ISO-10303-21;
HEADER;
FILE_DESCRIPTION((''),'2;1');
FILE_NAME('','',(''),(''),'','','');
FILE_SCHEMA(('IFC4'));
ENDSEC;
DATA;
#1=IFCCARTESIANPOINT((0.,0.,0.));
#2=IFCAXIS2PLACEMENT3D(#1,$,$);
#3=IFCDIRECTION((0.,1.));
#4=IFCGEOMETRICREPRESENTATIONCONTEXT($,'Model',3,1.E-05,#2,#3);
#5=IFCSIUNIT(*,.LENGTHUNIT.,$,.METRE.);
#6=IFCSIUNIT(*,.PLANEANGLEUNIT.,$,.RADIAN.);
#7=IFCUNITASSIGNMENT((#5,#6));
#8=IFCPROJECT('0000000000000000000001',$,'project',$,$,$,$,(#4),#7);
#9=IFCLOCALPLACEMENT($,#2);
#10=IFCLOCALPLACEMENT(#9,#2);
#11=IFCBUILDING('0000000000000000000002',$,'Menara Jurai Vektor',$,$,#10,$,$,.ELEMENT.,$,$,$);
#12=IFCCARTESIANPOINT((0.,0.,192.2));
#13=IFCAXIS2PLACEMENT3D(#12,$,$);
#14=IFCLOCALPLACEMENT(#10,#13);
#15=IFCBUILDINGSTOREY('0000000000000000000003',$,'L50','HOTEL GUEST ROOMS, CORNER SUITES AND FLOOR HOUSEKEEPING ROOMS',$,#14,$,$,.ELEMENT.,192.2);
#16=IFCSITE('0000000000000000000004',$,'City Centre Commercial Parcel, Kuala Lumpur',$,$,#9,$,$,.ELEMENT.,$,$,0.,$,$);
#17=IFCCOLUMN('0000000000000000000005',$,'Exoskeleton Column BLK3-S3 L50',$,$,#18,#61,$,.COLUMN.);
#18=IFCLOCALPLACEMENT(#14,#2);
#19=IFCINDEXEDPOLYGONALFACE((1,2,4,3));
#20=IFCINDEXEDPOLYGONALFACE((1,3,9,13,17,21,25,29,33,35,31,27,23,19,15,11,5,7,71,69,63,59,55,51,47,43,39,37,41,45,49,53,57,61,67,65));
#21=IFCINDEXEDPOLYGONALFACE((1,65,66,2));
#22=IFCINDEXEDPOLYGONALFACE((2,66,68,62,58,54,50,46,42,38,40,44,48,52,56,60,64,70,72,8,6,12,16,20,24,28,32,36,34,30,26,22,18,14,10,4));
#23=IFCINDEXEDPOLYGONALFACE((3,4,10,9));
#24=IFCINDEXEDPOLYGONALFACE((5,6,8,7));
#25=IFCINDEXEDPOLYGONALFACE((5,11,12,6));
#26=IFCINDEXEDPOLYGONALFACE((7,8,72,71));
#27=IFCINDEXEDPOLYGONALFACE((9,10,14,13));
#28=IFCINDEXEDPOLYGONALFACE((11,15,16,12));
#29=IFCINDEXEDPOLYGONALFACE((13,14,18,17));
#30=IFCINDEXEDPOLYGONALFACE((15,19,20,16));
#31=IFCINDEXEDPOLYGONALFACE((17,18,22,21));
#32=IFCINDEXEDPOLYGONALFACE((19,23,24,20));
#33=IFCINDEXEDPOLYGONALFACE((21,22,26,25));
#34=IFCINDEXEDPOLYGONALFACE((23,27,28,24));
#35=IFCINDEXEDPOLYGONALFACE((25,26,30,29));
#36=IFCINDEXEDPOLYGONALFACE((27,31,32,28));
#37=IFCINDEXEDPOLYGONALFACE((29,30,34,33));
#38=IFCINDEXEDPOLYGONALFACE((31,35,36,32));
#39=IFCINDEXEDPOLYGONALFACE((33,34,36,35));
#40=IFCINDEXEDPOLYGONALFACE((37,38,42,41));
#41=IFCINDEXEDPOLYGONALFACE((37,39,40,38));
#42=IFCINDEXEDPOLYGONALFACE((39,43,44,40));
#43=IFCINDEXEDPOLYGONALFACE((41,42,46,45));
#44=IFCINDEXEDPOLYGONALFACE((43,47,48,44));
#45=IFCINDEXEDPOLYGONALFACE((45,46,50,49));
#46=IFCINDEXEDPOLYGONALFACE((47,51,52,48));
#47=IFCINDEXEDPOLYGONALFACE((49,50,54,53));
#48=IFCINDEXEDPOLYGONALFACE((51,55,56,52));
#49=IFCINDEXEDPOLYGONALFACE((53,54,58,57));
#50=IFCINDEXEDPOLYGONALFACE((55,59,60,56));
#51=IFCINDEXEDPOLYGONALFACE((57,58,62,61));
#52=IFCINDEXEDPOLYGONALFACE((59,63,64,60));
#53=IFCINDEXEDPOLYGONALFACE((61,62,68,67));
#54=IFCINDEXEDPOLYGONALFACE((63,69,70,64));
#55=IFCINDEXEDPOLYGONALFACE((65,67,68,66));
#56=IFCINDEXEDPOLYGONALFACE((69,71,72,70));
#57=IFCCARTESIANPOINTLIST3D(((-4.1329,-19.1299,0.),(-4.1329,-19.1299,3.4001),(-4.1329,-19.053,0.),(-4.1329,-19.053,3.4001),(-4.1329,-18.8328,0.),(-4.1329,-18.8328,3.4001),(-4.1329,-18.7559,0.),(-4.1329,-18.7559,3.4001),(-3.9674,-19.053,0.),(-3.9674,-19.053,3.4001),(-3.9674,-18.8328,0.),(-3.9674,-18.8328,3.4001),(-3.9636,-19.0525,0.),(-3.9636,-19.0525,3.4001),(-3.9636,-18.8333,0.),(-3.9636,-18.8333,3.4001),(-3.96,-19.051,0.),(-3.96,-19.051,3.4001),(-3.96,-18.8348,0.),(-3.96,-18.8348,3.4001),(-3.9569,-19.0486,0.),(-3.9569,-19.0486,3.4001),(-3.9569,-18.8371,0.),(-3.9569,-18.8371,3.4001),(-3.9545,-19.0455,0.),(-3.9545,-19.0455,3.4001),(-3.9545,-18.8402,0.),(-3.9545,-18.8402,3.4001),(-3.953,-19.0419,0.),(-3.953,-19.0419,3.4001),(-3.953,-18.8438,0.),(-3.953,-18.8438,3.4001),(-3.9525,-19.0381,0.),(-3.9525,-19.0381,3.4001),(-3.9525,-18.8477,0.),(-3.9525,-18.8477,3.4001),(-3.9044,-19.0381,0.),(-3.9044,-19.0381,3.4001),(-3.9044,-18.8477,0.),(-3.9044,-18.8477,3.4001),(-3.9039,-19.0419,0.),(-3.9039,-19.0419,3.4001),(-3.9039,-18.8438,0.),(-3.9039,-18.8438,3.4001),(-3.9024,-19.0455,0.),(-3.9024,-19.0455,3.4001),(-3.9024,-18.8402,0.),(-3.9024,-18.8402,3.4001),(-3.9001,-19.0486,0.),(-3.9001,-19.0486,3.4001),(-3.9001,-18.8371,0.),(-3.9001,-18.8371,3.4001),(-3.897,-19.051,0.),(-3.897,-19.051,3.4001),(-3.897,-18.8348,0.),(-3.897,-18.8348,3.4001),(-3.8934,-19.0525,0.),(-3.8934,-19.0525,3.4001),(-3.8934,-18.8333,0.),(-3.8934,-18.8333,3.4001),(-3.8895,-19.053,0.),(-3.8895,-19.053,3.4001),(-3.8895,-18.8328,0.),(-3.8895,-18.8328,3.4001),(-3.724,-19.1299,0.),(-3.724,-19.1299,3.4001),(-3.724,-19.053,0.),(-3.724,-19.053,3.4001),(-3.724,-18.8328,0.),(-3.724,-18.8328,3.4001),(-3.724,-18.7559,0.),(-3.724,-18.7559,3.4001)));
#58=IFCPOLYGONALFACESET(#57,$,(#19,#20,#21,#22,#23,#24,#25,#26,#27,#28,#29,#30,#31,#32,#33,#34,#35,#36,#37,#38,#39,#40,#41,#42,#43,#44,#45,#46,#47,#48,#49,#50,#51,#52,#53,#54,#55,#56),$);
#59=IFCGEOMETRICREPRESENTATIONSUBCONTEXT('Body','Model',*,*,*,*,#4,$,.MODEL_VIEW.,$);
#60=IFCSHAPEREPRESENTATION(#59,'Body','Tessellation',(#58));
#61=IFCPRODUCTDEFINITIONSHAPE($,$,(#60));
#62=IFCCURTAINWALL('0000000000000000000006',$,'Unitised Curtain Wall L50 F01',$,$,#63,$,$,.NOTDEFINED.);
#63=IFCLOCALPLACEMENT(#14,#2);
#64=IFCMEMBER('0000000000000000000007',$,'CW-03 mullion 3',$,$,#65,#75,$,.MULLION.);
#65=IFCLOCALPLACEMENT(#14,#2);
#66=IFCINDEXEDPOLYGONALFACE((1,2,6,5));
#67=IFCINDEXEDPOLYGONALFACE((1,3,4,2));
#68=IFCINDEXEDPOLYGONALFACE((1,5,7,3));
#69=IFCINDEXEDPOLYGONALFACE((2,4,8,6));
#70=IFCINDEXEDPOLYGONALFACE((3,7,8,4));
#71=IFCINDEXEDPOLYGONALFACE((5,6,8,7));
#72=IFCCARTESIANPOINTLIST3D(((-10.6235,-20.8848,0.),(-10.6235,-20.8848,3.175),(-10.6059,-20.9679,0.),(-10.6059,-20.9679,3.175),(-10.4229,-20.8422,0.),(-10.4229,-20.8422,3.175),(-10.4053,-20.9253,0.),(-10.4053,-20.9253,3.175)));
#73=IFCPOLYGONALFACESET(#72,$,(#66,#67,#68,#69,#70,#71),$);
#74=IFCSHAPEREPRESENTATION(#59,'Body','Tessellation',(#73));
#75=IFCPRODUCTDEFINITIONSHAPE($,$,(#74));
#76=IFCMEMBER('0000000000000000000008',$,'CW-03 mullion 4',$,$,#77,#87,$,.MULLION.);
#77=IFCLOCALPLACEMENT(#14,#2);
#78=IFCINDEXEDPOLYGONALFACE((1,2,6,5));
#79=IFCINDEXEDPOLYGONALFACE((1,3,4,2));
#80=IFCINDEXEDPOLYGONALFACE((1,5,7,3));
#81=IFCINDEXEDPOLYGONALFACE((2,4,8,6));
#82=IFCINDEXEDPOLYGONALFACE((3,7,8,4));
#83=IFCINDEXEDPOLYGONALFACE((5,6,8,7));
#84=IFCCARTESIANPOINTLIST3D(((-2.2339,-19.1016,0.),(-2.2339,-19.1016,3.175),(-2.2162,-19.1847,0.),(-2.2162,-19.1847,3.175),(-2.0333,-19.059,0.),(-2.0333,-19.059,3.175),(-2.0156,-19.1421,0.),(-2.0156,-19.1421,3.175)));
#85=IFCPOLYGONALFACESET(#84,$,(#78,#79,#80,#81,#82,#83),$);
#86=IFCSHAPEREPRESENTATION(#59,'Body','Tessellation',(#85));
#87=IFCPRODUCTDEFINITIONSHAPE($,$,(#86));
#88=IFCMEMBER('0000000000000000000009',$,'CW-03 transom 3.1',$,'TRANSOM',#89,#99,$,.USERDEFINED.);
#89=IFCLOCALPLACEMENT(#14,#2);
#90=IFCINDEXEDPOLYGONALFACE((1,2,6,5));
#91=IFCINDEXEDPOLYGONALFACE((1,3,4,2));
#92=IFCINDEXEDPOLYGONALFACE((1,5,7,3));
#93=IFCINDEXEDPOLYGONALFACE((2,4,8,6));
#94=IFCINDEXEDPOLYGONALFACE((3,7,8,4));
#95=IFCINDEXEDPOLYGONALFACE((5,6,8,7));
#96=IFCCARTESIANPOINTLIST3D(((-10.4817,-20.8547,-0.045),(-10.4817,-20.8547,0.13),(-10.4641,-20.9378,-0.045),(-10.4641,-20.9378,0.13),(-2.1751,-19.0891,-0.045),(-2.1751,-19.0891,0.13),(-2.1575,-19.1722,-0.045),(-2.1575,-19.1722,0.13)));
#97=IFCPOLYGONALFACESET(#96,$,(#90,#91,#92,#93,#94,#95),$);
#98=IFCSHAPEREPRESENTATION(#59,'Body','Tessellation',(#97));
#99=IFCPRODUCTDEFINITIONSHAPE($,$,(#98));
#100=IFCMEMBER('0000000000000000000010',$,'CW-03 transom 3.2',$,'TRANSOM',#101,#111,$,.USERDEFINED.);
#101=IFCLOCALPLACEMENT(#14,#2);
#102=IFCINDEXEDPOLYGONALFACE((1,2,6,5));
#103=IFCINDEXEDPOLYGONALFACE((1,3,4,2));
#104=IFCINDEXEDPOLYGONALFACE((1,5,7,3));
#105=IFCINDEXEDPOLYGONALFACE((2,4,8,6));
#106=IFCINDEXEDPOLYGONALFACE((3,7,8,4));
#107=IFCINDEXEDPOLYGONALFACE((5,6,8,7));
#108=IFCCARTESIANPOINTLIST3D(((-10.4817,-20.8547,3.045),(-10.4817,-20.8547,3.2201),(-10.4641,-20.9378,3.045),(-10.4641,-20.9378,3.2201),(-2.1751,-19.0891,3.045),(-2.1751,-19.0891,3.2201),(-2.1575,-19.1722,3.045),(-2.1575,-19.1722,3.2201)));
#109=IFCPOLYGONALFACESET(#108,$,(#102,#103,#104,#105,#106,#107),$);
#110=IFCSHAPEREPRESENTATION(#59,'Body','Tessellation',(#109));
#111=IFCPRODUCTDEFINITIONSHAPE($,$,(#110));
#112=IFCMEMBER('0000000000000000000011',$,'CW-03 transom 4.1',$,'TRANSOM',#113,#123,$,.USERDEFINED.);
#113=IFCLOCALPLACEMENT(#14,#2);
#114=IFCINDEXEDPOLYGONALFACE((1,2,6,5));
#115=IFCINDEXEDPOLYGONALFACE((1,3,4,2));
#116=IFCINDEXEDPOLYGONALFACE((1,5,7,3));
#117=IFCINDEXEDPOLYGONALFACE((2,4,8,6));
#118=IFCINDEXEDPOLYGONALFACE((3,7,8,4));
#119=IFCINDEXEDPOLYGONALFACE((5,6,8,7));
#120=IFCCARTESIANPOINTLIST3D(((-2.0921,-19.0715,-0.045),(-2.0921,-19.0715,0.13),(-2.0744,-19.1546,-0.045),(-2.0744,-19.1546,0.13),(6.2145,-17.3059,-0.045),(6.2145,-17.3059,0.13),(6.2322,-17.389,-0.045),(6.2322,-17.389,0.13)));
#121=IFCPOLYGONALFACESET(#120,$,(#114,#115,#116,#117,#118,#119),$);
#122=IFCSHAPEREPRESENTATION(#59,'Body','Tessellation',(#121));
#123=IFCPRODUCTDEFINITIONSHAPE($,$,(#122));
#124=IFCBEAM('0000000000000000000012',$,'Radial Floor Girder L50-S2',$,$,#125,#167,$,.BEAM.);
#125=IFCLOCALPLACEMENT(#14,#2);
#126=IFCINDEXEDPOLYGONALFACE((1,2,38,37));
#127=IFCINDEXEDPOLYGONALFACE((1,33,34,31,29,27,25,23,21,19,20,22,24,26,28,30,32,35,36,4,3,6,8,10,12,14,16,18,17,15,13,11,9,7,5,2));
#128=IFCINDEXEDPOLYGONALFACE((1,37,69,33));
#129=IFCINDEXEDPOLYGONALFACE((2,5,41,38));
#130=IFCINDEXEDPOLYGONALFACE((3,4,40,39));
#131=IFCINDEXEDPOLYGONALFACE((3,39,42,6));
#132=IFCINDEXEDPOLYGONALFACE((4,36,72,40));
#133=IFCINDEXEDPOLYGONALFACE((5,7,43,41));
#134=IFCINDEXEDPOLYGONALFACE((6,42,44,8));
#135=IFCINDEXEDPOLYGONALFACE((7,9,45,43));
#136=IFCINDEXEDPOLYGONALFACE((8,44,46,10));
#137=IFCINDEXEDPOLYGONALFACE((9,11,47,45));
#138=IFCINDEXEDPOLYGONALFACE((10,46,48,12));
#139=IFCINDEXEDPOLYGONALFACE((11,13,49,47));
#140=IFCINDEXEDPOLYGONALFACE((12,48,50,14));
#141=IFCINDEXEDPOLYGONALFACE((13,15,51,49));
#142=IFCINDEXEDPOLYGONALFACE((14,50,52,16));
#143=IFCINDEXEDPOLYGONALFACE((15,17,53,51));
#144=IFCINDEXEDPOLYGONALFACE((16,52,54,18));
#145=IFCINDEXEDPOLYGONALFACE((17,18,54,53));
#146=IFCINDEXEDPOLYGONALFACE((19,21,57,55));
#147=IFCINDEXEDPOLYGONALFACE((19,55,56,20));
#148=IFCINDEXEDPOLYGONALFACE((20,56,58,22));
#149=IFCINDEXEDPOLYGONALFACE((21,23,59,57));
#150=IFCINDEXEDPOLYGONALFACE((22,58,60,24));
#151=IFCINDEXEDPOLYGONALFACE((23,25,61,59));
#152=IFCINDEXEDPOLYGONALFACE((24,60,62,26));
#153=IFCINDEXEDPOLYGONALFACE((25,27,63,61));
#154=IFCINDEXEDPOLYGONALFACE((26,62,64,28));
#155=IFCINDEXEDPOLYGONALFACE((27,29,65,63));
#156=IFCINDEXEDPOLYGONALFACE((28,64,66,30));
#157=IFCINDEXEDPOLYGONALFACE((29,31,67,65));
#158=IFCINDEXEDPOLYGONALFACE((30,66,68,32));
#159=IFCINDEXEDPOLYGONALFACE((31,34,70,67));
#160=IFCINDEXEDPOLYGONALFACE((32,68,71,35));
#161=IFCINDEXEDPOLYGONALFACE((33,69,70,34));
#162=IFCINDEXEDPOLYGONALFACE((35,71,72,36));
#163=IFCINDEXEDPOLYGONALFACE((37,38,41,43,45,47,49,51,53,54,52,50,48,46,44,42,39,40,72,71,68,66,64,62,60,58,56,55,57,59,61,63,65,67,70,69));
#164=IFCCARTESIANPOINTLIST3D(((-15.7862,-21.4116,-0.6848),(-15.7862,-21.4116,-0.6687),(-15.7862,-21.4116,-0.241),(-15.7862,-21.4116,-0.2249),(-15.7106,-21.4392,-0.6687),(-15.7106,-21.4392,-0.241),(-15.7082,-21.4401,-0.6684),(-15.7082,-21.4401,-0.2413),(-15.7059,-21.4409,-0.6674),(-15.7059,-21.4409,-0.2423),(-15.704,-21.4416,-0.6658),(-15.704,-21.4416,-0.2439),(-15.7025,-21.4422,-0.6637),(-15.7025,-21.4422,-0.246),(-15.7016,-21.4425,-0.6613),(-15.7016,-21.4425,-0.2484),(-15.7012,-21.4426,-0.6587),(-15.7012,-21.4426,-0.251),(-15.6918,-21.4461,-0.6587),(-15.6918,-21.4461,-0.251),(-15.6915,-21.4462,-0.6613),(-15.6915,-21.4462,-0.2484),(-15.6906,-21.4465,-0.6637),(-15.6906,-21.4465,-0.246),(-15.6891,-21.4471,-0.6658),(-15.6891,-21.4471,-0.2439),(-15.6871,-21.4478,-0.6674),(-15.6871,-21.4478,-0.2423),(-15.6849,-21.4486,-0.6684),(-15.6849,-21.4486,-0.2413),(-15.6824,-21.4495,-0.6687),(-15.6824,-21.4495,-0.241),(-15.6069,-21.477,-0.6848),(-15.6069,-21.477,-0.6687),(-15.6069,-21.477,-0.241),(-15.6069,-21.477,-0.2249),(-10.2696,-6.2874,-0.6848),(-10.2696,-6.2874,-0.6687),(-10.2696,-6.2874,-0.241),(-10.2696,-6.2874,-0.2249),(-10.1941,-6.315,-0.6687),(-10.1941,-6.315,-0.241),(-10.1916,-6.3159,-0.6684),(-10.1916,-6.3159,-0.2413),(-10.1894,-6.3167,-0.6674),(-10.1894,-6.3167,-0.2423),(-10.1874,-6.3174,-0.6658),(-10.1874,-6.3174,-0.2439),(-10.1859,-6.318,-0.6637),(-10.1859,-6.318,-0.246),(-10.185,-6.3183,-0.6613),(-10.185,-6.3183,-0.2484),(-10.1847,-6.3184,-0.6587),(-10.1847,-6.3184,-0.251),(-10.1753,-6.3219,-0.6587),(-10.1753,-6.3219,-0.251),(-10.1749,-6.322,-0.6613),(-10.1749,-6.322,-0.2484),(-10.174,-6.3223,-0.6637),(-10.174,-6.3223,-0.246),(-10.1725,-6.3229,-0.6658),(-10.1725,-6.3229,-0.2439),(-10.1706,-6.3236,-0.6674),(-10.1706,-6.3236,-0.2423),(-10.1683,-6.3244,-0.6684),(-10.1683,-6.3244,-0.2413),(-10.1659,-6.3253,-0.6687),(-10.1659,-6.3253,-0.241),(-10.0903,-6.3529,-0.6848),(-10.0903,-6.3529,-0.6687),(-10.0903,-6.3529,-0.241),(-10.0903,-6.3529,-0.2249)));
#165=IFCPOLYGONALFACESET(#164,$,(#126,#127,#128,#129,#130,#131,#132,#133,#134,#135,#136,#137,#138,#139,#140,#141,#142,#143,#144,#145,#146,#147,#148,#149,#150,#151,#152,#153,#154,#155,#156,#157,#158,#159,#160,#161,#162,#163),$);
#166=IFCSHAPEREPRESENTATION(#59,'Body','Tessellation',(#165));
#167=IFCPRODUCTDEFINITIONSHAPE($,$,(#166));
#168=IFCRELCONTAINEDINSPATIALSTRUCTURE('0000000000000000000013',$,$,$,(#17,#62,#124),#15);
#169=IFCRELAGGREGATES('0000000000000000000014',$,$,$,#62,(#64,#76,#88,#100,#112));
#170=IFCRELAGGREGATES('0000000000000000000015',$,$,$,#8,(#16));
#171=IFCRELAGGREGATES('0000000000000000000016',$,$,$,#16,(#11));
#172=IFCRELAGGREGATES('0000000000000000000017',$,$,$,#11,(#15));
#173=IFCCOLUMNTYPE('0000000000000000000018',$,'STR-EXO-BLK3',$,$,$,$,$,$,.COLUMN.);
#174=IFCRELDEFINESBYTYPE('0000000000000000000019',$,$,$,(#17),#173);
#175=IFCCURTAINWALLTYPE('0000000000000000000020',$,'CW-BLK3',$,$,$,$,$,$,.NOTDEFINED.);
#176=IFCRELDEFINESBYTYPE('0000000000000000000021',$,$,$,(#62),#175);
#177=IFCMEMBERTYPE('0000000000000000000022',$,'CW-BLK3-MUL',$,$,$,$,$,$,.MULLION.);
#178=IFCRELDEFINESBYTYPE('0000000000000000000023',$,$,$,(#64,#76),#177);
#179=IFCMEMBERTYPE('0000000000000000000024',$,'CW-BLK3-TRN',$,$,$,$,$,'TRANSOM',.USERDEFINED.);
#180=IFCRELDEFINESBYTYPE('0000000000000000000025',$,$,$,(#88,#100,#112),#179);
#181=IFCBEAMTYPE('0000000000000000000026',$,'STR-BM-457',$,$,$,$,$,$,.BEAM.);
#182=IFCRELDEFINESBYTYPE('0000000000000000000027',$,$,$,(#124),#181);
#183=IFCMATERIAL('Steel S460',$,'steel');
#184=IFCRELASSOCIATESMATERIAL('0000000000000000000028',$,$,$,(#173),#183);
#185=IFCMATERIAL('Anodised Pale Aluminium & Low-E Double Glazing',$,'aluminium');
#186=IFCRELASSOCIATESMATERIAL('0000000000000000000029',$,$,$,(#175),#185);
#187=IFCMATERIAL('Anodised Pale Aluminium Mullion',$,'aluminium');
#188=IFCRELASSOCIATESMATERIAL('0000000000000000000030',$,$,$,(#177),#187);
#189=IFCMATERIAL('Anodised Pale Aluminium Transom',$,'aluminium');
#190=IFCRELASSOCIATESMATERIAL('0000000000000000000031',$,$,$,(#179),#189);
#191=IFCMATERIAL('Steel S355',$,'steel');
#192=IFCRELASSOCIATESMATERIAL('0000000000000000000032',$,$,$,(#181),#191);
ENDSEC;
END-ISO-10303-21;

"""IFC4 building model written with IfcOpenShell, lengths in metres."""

from ifc_helpers import new_model, si_unit, direction, frame, origin, origin_2d, place, context, subcontext, project, spatial, rectangle, i_section, extrude, material, material_profile, profile_set, type_object, element, aggregate, save


model = new_model("IFC4")

# Units and contexts
model_context = context("Model", 3, precision=1e-05, world=origin(), true_north=direction((0.0, 1.0)))
body_context = subcontext(model_context, "Body", "Model", "MODEL_VIEW")
ifc_project = project(units=[si_unit("LENGTHUNIT", "METRE"), si_unit("PLANEANGLEUNIT", "RADIAN")], contexts=[model_context])

# Site, building, storey
site_placement = place(None, origin())
site = spatial("IfcSite", under=ifc_project, at=site_placement, Name="City Centre Commercial Parcel, Kuala Lumpur", CompositionType="ELEMENT", RefElevation=0.0)
building_placement = place(site_placement, origin())
building = spatial("IfcBuilding", under=site, at=building_placement, Name="Menara Jurai Vektor", CompositionType="ELEMENT")
storey_placement = place(building_placement, frame((0.0, 0.0, 192.2)))
storey = spatial("IfcBuildingStorey", under=building, at=storey_placement, Name="L50", Description="HOTEL GUEST ROOMS, CORNER SUITES AND FLOOR HOUSEKEEPING ROOMS", CompositionType="ELEMENT", Elevation=192.2)

# Column
ifc_material_1 = material(Name="Steel S460", Category="steel")
ifc_material_profile_1 = material_profile(ifc_material_1, i_section(OverallWidth=0.4089, OverallDepth=0.374, WebThickness=0.0481, FlangeThickness=0.0769, FilletRadius=0.0149, at=origin_2d()), Name="HD 400x634")
ifc_profile_set_1 = profile_set([ifc_material_profile_1], Name="Steel S460")
column_type = type_object("IfcColumnType", Name="STR-EXO-BLK3", PredefinedType="COLUMN", material=ifc_profile_set_1)
column_placement = place(storey_placement, frame((-3.9285, -18.9429, 0.0), z_axis=(0.0, 0.0, 1.0), x_axis=(1.0, 0.0, 0.0)))
element("IfcColumn", 1, at=column_placement, inside=storey, type_object=column_type, Name="Exoskeleton Column BLK3-S3 L50", PredefinedType="COLUMN", context=body_context, shape_type="SweptSolid", body=[
    extrude(i_section(OverallWidth=0.4089, OverallDepth=0.374, WebThickness=0.0481, FlangeThickness=0.0769, FilletRadius=0.0149, at=origin_2d()), origin(), (0.0, 0.0, 1.0), 3.4001),
])

# Curtain wall, members
ifc_material_2 = material(Name="Anodised Pale Aluminium & Low-E Double Glazing", Category="aluminium")
curtain_wall_type = type_object("IfcCurtainWallType", Name="CW-BLK3", PredefinedType="NOTDEFINED", material=ifc_material_2)
curtain_wall_placement = place(storey_placement, origin())
curtain_wall = element("IfcCurtainWall", 2, at=curtain_wall_placement, inside=storey, type_object=curtain_wall_type, Name="Unitised Curtain Wall L50 F01", PredefinedType="NOTDEFINED")
ifc_material_3 = material(Name="Anodised Pale Aluminium Mullion", Category="aluminium")
ifc_material_profile_2 = material_profile(ifc_material_3, rectangle(XDim=0.085, YDim=0.2051, at=origin_2d()), Name="ALU MUL 85x205")
ifc_profile_set_2 = profile_set([ifc_material_profile_2], Name="Anodised Pale Aluminium Mullion")
member_type_1 = type_object("IfcMemberType", Name="CW-BLK3-MUL", PredefinedType="MULLION", material=ifc_profile_set_2)
member_1_placement = place(storey_placement, frame((-10.5144, -20.905, 0.0), z_axis=(0.0, 0.0, 1.0), x_axis=(-0.207911, 0.978148, 0.0)))
member_1 = element("IfcMember", 3, at=member_1_placement, type_object=member_type_1, Name="CW-03 mullion 3", PredefinedType="MULLION", context=body_context, shape_type="SweptSolid", body=[
    extrude(rectangle(XDim=0.085, YDim=0.2051, at=origin_2d()), origin(), (0.0, 0.0, 1.0), 3.175),
])
member_2_placement = place(storey_placement, frame((-2.1248, -19.1218, 0.0), z_axis=(0.0, 0.0, 1.0), x_axis=(-0.207911, 0.978148, 0.0)))
member_2 = element("IfcMember", 4, at=member_2_placement, type_object=member_type_1, Name="CW-03 mullion 4", PredefinedType="MULLION", context=body_context, shape_type="SweptSolid", body=[
    extrude(rectangle(XDim=0.085, YDim=0.2051, at=origin_2d()), origin(), (0.0, 0.0, 1.0), 3.175),
])
ifc_material_4 = material(Name="Anodised Pale Aluminium Transom", Category="aluminium")
ifc_material_profile_3 = material_profile(ifc_material_4, rectangle(XDim=0.085, YDim=0.175, at=origin_2d()), Name="ALU TRN 85x175")
ifc_profile_set_3 = profile_set([ifc_material_profile_3], Name="Anodised Pale Aluminium Transom")
member_type_2 = type_object("IfcMemberType", Name="CW-BLK3-TRN", ElementType="TRANSOM", PredefinedType="USERDEFINED", material=ifc_profile_set_3)
member_3_placement = place(storey_placement, frame((-10.4729, -20.8962, 0.0425), z_axis=(0.978148, 0.207911, 0.0), x_axis=(-0.207911, 0.978148, 0.0)))
member_3 = element("IfcMember", 5, at=member_3_placement, type_object=member_type_2, Name="CW-03 transom 3.1", ObjectType="TRANSOM", PredefinedType="USERDEFINED", context=body_context, shape_type="SweptSolid", body=[
    extrude(rectangle(XDim=0.085, YDim=0.175, at=origin_2d()), origin(), (0.0, 0.0, 1.0), 8.4922),
])
member_4_placement = place(storey_placement, frame((-10.4729, -20.8962, 3.1326), z_axis=(0.978148, 0.207911, 0.0), x_axis=(-0.207911, 0.978148, 0.0)))
member_4 = element("IfcMember", 6, at=member_4_placement, type_object=member_type_2, Name="CW-03 transom 3.2", ObjectType="TRANSOM", PredefinedType="USERDEFINED", context=body_context, shape_type="SweptSolid", body=[
    extrude(rectangle(XDim=0.085, YDim=0.175, at=origin_2d()), origin(), (0.0, 0.0, 1.0), 8.4922),
])
member_5_placement = place(storey_placement, frame((-2.0833, -19.113, 0.0425), z_axis=(0.978148, 0.207911, 0.0), x_axis=(-0.207911, 0.978148, 0.0)))
member_5 = element("IfcMember", 7, at=member_5_placement, type_object=member_type_2, Name="CW-03 transom 4.1", ObjectType="TRANSOM", PredefinedType="USERDEFINED", context=body_context, shape_type="SweptSolid", body=[
    extrude(rectangle(XDim=0.085, YDim=0.175, at=origin_2d()), origin(), (0.0, 0.0, 1.0), 8.4922),
])

# Beam
ifc_material_5 = material(Name="Steel S355", Category="steel")
ifc_material_profile_4 = material_profile(ifc_material_5, i_section(OverallWidth=0.1909, OverallDepth=0.46, WebThickness=0.01, FlangeThickness=0.0161, FilletRadius=0.01, at=origin_2d()), Name="UKB 457x191x82")
ifc_profile_set_4 = profile_set([ifc_material_profile_4], Name="Steel S355")
beam_type_1 = type_object("IfcBeamType", Name="STR-BM-457", PredefinedType="BEAM", material=ifc_profile_set_4)
beam_1_placement = place(storey_placement, frame((-15.6965, -21.4443, -0.4548), z_axis=(0.342668, 0.939456, 0.0), x_axis=(-0.939456, 0.342668, 0.0)))
element("IfcBeam", 8, at=beam_1_placement, inside=storey, type_object=beam_type_1, Name="Radial Floor Girder L50-S2", PredefinedType="BEAM", context=body_context, shape_type="SweptSolid", body=[
    extrude(i_section(OverallWidth=0.1909, OverallDepth=0.46, WebThickness=0.01, FlangeThickness=0.0161, FilletRadius=0.01, at=origin_2d()), origin(), (0.0, 0.0, 1.0), 16.0989),
])

aggregate(curtain_wall, [member_1, member_2, member_3, member_4, member_5])

save(model, "model.ifc")
